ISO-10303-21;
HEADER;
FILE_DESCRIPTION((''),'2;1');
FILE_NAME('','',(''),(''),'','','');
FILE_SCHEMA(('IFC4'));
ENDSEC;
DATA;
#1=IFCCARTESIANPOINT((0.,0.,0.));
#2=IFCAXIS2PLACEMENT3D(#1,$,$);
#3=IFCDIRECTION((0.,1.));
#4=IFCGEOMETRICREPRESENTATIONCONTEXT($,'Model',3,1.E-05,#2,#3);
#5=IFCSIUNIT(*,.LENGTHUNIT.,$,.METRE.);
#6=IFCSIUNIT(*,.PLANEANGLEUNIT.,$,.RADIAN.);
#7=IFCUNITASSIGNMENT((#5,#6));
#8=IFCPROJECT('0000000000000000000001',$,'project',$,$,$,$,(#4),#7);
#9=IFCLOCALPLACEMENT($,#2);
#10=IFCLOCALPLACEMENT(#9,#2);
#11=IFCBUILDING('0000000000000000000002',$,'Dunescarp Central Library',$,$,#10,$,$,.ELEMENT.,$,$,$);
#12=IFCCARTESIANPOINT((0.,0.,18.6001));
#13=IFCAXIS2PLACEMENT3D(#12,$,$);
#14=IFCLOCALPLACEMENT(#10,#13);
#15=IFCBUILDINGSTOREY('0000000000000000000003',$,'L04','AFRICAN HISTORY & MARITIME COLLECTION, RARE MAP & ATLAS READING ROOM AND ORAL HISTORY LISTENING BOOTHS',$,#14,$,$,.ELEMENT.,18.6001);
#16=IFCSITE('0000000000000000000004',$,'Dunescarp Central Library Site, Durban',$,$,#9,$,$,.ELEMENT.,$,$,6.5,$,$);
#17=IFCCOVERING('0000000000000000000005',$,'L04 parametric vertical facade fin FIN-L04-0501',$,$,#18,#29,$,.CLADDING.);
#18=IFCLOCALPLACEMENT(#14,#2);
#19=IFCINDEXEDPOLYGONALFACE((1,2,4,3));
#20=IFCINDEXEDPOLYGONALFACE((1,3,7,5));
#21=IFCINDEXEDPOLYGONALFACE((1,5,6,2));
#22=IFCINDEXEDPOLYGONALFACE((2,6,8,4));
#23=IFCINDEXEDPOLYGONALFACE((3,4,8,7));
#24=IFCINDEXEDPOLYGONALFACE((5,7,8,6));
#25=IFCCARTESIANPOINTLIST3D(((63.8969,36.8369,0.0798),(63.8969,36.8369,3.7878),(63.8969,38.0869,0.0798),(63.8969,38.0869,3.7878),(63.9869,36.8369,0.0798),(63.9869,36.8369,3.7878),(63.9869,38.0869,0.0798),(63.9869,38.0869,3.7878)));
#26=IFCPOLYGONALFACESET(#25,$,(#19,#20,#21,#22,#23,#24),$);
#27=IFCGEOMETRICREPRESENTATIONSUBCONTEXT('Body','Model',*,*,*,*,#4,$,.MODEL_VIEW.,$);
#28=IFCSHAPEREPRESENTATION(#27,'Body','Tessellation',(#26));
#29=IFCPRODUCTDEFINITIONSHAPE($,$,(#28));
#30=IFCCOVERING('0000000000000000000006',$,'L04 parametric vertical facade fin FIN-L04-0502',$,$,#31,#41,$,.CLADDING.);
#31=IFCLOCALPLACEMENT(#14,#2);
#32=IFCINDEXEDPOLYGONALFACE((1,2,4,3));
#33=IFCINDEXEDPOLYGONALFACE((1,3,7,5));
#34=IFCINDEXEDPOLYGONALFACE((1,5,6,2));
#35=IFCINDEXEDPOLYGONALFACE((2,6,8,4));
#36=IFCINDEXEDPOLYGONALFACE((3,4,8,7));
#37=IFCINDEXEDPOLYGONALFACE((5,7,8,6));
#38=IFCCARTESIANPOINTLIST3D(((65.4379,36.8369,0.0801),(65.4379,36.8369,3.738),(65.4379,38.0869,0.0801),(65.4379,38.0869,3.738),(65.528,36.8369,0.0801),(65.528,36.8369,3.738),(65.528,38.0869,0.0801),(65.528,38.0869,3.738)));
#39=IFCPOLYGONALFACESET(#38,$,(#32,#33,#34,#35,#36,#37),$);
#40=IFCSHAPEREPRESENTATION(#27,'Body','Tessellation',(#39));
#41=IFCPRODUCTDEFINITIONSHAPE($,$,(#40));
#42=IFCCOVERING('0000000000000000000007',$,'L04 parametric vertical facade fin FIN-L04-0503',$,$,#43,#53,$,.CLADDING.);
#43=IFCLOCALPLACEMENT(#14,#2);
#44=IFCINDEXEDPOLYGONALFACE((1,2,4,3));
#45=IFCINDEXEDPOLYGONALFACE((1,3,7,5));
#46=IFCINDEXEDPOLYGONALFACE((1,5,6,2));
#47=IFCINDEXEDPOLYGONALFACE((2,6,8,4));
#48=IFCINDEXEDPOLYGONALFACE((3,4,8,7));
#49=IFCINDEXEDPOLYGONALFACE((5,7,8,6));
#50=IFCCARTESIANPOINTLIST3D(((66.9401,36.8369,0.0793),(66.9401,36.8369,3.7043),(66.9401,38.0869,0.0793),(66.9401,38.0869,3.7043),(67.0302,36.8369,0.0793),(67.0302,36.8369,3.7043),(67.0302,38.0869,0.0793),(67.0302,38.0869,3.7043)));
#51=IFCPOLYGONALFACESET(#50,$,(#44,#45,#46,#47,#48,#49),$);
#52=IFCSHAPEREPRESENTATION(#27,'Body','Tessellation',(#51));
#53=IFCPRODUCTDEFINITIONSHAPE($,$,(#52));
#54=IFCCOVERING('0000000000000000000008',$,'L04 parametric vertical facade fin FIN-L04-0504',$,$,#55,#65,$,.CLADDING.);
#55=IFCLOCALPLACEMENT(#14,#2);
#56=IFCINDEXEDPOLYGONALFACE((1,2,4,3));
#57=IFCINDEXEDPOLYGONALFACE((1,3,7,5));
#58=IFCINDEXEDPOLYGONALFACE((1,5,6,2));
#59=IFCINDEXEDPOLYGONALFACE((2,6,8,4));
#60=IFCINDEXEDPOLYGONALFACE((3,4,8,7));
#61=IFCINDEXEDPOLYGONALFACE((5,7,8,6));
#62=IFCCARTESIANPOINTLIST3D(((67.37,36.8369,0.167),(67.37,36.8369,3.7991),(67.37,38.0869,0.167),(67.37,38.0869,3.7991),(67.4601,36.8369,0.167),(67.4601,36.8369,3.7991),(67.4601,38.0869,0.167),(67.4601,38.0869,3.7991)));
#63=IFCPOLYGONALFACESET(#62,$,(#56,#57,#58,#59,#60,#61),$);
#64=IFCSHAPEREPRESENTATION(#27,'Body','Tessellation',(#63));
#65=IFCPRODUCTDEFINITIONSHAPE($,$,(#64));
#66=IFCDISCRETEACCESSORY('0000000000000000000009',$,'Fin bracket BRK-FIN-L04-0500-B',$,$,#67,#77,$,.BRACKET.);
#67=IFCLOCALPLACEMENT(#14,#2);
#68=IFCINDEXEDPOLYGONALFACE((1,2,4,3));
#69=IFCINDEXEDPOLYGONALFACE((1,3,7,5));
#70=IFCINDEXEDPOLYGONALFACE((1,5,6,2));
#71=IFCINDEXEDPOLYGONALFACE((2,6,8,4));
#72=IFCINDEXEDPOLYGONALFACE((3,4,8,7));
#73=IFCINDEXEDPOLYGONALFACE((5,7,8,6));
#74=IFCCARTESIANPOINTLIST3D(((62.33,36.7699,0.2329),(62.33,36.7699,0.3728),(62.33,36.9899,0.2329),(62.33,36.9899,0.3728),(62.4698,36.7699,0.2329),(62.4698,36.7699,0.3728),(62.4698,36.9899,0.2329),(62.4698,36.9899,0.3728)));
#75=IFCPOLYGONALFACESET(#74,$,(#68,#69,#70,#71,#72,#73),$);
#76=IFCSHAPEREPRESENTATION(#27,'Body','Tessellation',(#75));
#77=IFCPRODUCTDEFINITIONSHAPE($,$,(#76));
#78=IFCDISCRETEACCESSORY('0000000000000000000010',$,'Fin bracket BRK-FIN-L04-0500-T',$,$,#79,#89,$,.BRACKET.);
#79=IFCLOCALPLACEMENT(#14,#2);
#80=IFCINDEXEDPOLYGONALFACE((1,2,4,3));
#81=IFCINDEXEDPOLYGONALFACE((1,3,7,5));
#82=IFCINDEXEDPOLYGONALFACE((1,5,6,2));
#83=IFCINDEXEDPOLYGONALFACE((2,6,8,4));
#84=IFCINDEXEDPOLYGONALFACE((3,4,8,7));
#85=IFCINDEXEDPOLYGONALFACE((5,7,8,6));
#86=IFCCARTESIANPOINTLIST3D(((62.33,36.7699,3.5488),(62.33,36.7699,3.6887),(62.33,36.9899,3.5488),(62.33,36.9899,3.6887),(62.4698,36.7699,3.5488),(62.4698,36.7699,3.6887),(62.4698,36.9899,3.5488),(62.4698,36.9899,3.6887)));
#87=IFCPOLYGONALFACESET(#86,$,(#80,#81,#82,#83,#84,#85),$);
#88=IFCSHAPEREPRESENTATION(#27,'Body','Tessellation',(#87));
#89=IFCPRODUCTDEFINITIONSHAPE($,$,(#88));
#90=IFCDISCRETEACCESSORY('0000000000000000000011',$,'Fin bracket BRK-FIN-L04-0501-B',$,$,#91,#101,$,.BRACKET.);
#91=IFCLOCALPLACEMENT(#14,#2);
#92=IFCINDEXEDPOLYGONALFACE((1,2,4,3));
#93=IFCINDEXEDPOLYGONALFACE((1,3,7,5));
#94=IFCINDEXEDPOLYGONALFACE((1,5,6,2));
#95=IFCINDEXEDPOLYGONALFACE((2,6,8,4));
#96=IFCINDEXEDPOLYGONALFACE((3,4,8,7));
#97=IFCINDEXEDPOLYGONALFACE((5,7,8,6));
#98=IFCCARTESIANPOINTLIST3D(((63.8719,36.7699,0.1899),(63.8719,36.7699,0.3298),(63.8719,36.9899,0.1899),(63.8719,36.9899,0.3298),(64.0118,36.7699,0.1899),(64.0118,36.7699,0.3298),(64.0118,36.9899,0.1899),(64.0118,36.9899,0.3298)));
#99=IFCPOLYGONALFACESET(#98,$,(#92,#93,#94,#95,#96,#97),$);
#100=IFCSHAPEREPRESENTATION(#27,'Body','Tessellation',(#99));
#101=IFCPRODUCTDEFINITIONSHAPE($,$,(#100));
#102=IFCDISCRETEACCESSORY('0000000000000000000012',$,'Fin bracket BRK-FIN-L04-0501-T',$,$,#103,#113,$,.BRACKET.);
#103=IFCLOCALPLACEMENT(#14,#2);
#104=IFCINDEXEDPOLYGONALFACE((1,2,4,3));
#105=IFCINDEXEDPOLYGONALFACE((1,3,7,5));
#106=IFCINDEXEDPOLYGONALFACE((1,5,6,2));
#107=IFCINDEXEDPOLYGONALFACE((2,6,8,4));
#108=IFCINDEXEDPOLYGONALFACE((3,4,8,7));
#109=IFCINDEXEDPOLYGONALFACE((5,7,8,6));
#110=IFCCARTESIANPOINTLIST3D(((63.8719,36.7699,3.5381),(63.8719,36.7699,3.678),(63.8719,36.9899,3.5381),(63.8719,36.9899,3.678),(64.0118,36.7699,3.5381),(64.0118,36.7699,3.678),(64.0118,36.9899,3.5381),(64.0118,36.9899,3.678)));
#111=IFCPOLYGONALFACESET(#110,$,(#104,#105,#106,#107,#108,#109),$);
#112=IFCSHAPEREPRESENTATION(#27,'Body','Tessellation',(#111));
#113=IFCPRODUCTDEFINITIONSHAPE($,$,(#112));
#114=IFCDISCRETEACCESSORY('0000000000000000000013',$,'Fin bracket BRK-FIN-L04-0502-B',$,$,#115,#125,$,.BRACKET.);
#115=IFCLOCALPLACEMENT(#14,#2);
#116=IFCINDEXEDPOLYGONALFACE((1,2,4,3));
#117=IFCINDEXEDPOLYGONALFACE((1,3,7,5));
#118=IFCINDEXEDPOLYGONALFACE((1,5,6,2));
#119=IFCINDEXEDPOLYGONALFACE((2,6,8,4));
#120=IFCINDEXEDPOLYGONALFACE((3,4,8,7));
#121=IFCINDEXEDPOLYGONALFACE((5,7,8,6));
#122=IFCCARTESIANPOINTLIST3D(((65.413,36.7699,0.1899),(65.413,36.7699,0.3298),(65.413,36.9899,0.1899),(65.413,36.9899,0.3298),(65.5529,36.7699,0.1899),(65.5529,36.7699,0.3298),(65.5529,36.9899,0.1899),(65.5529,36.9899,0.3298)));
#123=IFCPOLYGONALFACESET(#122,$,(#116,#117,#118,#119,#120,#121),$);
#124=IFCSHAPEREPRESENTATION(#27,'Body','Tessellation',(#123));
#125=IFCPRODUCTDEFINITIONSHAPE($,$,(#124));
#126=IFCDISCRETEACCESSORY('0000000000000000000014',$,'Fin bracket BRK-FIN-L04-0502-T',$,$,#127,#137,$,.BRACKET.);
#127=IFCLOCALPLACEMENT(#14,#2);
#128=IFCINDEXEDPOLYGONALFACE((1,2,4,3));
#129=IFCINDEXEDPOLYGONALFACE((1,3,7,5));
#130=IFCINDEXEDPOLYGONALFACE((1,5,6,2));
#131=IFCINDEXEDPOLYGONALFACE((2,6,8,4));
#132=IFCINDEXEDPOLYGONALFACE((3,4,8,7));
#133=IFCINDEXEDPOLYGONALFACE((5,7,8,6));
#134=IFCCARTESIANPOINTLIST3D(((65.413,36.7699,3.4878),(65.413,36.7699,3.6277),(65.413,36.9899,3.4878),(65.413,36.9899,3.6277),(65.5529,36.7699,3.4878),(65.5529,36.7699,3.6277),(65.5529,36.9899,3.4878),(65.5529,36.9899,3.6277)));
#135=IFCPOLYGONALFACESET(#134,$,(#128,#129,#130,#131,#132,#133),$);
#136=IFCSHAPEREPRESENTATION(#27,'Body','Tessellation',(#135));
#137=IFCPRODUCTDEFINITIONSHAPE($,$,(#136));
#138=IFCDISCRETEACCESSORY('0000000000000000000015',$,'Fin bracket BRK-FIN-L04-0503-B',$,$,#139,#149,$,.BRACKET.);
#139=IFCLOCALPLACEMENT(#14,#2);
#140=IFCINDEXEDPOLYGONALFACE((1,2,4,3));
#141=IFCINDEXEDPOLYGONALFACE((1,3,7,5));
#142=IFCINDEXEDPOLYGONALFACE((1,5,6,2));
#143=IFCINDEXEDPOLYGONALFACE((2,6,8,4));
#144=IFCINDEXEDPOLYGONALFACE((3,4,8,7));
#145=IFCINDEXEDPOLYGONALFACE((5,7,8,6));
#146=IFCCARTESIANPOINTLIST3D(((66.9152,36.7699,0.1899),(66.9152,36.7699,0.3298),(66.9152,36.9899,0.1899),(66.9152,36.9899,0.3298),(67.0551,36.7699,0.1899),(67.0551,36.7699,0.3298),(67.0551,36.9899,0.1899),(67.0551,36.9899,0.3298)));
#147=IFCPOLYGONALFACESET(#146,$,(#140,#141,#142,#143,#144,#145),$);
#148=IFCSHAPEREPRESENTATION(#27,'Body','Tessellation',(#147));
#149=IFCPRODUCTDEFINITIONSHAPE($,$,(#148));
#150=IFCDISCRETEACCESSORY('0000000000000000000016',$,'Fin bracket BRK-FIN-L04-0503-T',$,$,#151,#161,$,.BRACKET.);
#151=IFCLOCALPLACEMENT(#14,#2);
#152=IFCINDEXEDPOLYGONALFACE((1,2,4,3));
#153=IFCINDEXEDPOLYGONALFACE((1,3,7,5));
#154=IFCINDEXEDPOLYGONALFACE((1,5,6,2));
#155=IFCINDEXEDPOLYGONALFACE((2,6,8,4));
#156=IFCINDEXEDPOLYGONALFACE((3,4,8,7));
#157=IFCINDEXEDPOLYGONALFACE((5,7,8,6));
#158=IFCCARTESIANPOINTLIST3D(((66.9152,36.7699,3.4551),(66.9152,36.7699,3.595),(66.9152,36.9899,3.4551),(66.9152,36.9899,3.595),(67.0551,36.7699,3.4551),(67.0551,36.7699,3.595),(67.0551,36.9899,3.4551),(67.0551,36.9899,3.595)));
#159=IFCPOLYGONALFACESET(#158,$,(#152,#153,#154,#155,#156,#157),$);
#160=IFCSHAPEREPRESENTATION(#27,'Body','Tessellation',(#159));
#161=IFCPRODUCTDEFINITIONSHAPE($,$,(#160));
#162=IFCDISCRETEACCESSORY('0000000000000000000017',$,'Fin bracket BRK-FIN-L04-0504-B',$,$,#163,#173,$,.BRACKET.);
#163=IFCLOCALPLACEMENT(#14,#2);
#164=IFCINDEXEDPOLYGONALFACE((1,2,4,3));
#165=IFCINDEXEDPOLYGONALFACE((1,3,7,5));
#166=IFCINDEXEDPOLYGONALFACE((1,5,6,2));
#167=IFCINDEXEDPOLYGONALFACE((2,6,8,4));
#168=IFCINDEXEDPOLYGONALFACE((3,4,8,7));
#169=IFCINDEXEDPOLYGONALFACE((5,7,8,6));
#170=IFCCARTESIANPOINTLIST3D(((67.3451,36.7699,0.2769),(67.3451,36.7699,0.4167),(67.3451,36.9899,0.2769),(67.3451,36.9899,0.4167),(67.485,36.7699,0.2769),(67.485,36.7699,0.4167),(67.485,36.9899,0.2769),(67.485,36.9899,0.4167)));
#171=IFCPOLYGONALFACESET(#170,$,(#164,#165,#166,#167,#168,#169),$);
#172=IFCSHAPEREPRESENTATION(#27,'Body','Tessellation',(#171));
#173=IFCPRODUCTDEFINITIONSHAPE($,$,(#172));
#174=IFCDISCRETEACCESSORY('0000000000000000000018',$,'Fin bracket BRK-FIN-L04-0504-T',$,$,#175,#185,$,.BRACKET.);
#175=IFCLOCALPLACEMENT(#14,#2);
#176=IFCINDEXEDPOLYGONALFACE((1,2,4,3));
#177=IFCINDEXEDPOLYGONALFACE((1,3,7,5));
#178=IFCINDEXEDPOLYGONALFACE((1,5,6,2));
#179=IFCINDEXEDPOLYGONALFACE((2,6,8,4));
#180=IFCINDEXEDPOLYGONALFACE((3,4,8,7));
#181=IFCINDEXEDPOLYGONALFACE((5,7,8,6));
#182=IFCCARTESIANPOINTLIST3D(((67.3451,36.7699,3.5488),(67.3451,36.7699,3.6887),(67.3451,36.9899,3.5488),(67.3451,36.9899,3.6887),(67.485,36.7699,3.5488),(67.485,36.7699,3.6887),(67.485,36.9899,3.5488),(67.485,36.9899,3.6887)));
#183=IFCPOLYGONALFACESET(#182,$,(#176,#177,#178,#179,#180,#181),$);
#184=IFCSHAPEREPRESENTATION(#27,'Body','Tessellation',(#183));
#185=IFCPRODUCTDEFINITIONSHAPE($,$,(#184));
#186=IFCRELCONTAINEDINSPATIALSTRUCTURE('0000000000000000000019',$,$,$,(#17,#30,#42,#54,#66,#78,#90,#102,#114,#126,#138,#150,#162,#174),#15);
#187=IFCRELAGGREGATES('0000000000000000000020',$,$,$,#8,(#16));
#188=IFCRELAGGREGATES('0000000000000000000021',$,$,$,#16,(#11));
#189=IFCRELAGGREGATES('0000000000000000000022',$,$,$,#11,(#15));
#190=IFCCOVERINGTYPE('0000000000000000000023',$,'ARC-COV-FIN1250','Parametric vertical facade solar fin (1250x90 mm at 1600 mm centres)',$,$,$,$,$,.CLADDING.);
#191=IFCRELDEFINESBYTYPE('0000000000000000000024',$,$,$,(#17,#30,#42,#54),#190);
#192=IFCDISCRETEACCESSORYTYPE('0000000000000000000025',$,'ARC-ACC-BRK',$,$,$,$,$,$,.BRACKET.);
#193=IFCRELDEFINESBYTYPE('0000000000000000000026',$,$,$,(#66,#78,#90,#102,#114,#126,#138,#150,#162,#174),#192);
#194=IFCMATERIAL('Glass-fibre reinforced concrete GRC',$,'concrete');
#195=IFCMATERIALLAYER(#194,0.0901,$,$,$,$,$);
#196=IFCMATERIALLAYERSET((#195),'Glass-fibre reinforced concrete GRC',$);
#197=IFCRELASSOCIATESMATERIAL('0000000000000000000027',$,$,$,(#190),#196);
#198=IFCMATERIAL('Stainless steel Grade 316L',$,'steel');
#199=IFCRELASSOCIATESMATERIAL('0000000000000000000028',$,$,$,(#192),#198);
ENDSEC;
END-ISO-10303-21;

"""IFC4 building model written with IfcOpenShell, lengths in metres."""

from ifc_helpers import new_model, si_unit, direction, frame, origin, origin_2d, place, context, subcontext, project, spatial, rectangle, extrude, material, layer, layer_set, type_object, element, save


model = new_model("IFC4")

# Units and contexts
model_context = context("Model", 3, precision=1e-05, world=origin(), true_north=direction((0.0, 1.0)))
body_context = subcontext(model_context, "Body", "Model", "MODEL_VIEW")
ifc_project = project(units=[si_unit("LENGTHUNIT", "METRE"), si_unit("PLANEANGLEUNIT", "RADIAN")], contexts=[model_context])

# Site, building, storey
site_placement = place(None, origin())
site = spatial("IfcSite", under=ifc_project, at=site_placement, Name="Dunescarp Central Library Site, Durban", CompositionType="ELEMENT", RefElevation=6.5)
building_placement = place(site_placement, origin())
building = spatial("IfcBuilding", under=site, at=building_placement, Name="Dunescarp Central Library", CompositionType="ELEMENT")
storey_placement = place(building_placement, frame((0.0, 0.0, 18.6001)))
storey = spatial("IfcBuildingStorey", under=building, at=storey_placement, Name="L04", Description="AFRICAN HISTORY & MARITIME COLLECTION, RARE MAP & ATLAS READING ROOM AND ORAL HISTORY LISTENING BOOTHS", CompositionType="ELEMENT", Elevation=18.6001)

# Coverings
ifc_material_1 = material(Name="Glass-fibre reinforced concrete GRC", Category="concrete")
ifc_layer_1 = layer(ifc_material_1, 0.0901)
ifc_layer_set_1 = layer_set([ifc_layer_1], Name="Glass-fibre reinforced concrete GRC")
covering_type = type_object("IfcCoveringType", Name="ARC-COV-FIN1250", Description="Parametric vertical facade solar fin (1250x90 mm at 1600 mm centres)", PredefinedType="CLADDING", material=ifc_layer_set_1)
covering_1_placement = place(storey_placement, frame((63.9419, 37.4619, 0.0798), z_axis=(0.0, 0.0, 1.0), x_axis=(0.0, 1.0, 0.0)))
element("IfcCovering", 1, at=covering_1_placement, inside=storey, type_object=covering_type, Name="L04 parametric vertical facade fin FIN-L04-0501", PredefinedType="CLADDING", context=body_context, shape_type="SweptSolid", body=[
    extrude(rectangle(XDim=1.25, YDim=0.0901, at=origin_2d()), origin(), (0.0, 0.0, 1.0), 3.708),
])
covering_2_placement = place(storey_placement, frame((65.4829, 37.4619, 0.0801), z_axis=(0.0, 0.0, 1.0), x_axis=(0.0, 1.0, 0.0)))
element("IfcCovering", 2, at=covering_2_placement, inside=storey, type_object=covering_type, Name="L04 parametric vertical facade fin FIN-L04-0502", PredefinedType="CLADDING", context=body_context, shape_type="SweptSolid", body=[
    extrude(rectangle(XDim=1.25, YDim=0.0901, at=origin_2d()), origin(), (0.0, 0.0, 1.0), 3.658),
])
covering_3_placement = place(storey_placement, frame((66.9851, 37.4619, 0.0793), z_axis=(0.0, 0.0, 1.0), x_axis=(0.0, 1.0, 0.0)))
element("IfcCovering", 3, at=covering_3_placement, inside=storey, type_object=covering_type, Name="L04 parametric vertical facade fin FIN-L04-0503", PredefinedType="CLADDING", context=body_context, shape_type="SweptSolid", body=[
    extrude(rectangle(XDim=1.25, YDim=0.0901, at=origin_2d()), origin(), (0.0, 0.0, 1.0), 3.625),
])
covering_4_placement = place(storey_placement, frame((67.415, 37.4619, 0.167), z_axis=(0.0, 0.0, 1.0), x_axis=(0.0, 1.0, 0.0)))
element("IfcCovering", 4, at=covering_4_placement, inside=storey, type_object=covering_type, Name="L04 parametric vertical facade fin FIN-L04-0504", PredefinedType="CLADDING", context=body_context, shape_type="SweptSolid", body=[
    extrude(rectangle(XDim=1.25, YDim=0.0901, at=origin_2d()), origin(), (0.0, 0.0, 1.0), 3.6321),
])

# Discrete accessories
ifc_material_2 = material(Name="Stainless steel Grade 316L", Category="steel")
discrete_accessory_type = type_object("IfcDiscreteAccessoryType", Name="ARC-ACC-BRK", PredefinedType="BRACKET", material=ifc_material_2)
for number, where, z_axis, x_axis, name in (
    (5, (62.3999, 36.8799, 0.2329), (0.0, 0.0, 1.0), (0.0, 1.0, 0.0), "Fin bracket BRK-FIN-L04-0500-B"),
    (6, (62.3999, 36.8799, 3.5488), (0.0, 0.0, 1.0), (0.0, 1.0, 0.0), "Fin bracket BRK-FIN-L04-0500-T"),
    (7, (63.9419, 36.8799, 0.1899), (0.0, 0.0, 1.0), (0.0, 1.0, 0.0), "Fin bracket BRK-FIN-L04-0501-B"),
    (8, (63.9419, 36.8799, 3.5381), (0.0, 0.0, 1.0), (0.0, 1.0, 0.0), "Fin bracket BRK-FIN-L04-0501-T"),
    (9, (65.4829, 36.8799, 0.1899), (0.0, 0.0, 1.0), (0.0, 1.0, 0.0), "Fin bracket BRK-FIN-L04-0502-B"),
    (10, (65.4829, 36.8799, 3.4878), (0.0, 0.0, 1.0), (0.0, 1.0, 0.0), "Fin bracket BRK-FIN-L04-0502-T"),
    (11, (66.9851, 36.8799, 0.1899), (0.0, 0.0, 1.0), (0.0, 1.0, 0.0), "Fin bracket BRK-FIN-L04-0503-B"),
    (12, (66.9851, 36.8799, 3.4551), (0.0, 0.0, 1.0), (0.0, 1.0, 0.0), "Fin bracket BRK-FIN-L04-0503-T"),
    (13, (67.415, 36.8799, 0.2769), (0.0, 0.0, 1.0), (0.0, 1.0, 0.0), "Fin bracket BRK-FIN-L04-0504-B"),
    (14, (67.415, 36.8799, 3.5488), (0.0, 0.0, 1.0), (0.0, 1.0, 0.0), "Fin bracket BRK-FIN-L04-0504-T"),
):
    element("IfcDiscreteAccessory", number, at=place(storey_placement, frame(where, z_axis=z_axis, x_axis=x_axis)), inside=storey, type_object=discrete_accessory_type, Name=name, PredefinedType="BRACKET", context=body_context, shape_type="SweptSolid", body=[
        extrude(rectangle(XDim=0.22, YDim=0.1399, at=origin_2d()), origin(), (0.0, 0.0, 1.0), 0.1399),
    ])

save(model, "model.ifc")
